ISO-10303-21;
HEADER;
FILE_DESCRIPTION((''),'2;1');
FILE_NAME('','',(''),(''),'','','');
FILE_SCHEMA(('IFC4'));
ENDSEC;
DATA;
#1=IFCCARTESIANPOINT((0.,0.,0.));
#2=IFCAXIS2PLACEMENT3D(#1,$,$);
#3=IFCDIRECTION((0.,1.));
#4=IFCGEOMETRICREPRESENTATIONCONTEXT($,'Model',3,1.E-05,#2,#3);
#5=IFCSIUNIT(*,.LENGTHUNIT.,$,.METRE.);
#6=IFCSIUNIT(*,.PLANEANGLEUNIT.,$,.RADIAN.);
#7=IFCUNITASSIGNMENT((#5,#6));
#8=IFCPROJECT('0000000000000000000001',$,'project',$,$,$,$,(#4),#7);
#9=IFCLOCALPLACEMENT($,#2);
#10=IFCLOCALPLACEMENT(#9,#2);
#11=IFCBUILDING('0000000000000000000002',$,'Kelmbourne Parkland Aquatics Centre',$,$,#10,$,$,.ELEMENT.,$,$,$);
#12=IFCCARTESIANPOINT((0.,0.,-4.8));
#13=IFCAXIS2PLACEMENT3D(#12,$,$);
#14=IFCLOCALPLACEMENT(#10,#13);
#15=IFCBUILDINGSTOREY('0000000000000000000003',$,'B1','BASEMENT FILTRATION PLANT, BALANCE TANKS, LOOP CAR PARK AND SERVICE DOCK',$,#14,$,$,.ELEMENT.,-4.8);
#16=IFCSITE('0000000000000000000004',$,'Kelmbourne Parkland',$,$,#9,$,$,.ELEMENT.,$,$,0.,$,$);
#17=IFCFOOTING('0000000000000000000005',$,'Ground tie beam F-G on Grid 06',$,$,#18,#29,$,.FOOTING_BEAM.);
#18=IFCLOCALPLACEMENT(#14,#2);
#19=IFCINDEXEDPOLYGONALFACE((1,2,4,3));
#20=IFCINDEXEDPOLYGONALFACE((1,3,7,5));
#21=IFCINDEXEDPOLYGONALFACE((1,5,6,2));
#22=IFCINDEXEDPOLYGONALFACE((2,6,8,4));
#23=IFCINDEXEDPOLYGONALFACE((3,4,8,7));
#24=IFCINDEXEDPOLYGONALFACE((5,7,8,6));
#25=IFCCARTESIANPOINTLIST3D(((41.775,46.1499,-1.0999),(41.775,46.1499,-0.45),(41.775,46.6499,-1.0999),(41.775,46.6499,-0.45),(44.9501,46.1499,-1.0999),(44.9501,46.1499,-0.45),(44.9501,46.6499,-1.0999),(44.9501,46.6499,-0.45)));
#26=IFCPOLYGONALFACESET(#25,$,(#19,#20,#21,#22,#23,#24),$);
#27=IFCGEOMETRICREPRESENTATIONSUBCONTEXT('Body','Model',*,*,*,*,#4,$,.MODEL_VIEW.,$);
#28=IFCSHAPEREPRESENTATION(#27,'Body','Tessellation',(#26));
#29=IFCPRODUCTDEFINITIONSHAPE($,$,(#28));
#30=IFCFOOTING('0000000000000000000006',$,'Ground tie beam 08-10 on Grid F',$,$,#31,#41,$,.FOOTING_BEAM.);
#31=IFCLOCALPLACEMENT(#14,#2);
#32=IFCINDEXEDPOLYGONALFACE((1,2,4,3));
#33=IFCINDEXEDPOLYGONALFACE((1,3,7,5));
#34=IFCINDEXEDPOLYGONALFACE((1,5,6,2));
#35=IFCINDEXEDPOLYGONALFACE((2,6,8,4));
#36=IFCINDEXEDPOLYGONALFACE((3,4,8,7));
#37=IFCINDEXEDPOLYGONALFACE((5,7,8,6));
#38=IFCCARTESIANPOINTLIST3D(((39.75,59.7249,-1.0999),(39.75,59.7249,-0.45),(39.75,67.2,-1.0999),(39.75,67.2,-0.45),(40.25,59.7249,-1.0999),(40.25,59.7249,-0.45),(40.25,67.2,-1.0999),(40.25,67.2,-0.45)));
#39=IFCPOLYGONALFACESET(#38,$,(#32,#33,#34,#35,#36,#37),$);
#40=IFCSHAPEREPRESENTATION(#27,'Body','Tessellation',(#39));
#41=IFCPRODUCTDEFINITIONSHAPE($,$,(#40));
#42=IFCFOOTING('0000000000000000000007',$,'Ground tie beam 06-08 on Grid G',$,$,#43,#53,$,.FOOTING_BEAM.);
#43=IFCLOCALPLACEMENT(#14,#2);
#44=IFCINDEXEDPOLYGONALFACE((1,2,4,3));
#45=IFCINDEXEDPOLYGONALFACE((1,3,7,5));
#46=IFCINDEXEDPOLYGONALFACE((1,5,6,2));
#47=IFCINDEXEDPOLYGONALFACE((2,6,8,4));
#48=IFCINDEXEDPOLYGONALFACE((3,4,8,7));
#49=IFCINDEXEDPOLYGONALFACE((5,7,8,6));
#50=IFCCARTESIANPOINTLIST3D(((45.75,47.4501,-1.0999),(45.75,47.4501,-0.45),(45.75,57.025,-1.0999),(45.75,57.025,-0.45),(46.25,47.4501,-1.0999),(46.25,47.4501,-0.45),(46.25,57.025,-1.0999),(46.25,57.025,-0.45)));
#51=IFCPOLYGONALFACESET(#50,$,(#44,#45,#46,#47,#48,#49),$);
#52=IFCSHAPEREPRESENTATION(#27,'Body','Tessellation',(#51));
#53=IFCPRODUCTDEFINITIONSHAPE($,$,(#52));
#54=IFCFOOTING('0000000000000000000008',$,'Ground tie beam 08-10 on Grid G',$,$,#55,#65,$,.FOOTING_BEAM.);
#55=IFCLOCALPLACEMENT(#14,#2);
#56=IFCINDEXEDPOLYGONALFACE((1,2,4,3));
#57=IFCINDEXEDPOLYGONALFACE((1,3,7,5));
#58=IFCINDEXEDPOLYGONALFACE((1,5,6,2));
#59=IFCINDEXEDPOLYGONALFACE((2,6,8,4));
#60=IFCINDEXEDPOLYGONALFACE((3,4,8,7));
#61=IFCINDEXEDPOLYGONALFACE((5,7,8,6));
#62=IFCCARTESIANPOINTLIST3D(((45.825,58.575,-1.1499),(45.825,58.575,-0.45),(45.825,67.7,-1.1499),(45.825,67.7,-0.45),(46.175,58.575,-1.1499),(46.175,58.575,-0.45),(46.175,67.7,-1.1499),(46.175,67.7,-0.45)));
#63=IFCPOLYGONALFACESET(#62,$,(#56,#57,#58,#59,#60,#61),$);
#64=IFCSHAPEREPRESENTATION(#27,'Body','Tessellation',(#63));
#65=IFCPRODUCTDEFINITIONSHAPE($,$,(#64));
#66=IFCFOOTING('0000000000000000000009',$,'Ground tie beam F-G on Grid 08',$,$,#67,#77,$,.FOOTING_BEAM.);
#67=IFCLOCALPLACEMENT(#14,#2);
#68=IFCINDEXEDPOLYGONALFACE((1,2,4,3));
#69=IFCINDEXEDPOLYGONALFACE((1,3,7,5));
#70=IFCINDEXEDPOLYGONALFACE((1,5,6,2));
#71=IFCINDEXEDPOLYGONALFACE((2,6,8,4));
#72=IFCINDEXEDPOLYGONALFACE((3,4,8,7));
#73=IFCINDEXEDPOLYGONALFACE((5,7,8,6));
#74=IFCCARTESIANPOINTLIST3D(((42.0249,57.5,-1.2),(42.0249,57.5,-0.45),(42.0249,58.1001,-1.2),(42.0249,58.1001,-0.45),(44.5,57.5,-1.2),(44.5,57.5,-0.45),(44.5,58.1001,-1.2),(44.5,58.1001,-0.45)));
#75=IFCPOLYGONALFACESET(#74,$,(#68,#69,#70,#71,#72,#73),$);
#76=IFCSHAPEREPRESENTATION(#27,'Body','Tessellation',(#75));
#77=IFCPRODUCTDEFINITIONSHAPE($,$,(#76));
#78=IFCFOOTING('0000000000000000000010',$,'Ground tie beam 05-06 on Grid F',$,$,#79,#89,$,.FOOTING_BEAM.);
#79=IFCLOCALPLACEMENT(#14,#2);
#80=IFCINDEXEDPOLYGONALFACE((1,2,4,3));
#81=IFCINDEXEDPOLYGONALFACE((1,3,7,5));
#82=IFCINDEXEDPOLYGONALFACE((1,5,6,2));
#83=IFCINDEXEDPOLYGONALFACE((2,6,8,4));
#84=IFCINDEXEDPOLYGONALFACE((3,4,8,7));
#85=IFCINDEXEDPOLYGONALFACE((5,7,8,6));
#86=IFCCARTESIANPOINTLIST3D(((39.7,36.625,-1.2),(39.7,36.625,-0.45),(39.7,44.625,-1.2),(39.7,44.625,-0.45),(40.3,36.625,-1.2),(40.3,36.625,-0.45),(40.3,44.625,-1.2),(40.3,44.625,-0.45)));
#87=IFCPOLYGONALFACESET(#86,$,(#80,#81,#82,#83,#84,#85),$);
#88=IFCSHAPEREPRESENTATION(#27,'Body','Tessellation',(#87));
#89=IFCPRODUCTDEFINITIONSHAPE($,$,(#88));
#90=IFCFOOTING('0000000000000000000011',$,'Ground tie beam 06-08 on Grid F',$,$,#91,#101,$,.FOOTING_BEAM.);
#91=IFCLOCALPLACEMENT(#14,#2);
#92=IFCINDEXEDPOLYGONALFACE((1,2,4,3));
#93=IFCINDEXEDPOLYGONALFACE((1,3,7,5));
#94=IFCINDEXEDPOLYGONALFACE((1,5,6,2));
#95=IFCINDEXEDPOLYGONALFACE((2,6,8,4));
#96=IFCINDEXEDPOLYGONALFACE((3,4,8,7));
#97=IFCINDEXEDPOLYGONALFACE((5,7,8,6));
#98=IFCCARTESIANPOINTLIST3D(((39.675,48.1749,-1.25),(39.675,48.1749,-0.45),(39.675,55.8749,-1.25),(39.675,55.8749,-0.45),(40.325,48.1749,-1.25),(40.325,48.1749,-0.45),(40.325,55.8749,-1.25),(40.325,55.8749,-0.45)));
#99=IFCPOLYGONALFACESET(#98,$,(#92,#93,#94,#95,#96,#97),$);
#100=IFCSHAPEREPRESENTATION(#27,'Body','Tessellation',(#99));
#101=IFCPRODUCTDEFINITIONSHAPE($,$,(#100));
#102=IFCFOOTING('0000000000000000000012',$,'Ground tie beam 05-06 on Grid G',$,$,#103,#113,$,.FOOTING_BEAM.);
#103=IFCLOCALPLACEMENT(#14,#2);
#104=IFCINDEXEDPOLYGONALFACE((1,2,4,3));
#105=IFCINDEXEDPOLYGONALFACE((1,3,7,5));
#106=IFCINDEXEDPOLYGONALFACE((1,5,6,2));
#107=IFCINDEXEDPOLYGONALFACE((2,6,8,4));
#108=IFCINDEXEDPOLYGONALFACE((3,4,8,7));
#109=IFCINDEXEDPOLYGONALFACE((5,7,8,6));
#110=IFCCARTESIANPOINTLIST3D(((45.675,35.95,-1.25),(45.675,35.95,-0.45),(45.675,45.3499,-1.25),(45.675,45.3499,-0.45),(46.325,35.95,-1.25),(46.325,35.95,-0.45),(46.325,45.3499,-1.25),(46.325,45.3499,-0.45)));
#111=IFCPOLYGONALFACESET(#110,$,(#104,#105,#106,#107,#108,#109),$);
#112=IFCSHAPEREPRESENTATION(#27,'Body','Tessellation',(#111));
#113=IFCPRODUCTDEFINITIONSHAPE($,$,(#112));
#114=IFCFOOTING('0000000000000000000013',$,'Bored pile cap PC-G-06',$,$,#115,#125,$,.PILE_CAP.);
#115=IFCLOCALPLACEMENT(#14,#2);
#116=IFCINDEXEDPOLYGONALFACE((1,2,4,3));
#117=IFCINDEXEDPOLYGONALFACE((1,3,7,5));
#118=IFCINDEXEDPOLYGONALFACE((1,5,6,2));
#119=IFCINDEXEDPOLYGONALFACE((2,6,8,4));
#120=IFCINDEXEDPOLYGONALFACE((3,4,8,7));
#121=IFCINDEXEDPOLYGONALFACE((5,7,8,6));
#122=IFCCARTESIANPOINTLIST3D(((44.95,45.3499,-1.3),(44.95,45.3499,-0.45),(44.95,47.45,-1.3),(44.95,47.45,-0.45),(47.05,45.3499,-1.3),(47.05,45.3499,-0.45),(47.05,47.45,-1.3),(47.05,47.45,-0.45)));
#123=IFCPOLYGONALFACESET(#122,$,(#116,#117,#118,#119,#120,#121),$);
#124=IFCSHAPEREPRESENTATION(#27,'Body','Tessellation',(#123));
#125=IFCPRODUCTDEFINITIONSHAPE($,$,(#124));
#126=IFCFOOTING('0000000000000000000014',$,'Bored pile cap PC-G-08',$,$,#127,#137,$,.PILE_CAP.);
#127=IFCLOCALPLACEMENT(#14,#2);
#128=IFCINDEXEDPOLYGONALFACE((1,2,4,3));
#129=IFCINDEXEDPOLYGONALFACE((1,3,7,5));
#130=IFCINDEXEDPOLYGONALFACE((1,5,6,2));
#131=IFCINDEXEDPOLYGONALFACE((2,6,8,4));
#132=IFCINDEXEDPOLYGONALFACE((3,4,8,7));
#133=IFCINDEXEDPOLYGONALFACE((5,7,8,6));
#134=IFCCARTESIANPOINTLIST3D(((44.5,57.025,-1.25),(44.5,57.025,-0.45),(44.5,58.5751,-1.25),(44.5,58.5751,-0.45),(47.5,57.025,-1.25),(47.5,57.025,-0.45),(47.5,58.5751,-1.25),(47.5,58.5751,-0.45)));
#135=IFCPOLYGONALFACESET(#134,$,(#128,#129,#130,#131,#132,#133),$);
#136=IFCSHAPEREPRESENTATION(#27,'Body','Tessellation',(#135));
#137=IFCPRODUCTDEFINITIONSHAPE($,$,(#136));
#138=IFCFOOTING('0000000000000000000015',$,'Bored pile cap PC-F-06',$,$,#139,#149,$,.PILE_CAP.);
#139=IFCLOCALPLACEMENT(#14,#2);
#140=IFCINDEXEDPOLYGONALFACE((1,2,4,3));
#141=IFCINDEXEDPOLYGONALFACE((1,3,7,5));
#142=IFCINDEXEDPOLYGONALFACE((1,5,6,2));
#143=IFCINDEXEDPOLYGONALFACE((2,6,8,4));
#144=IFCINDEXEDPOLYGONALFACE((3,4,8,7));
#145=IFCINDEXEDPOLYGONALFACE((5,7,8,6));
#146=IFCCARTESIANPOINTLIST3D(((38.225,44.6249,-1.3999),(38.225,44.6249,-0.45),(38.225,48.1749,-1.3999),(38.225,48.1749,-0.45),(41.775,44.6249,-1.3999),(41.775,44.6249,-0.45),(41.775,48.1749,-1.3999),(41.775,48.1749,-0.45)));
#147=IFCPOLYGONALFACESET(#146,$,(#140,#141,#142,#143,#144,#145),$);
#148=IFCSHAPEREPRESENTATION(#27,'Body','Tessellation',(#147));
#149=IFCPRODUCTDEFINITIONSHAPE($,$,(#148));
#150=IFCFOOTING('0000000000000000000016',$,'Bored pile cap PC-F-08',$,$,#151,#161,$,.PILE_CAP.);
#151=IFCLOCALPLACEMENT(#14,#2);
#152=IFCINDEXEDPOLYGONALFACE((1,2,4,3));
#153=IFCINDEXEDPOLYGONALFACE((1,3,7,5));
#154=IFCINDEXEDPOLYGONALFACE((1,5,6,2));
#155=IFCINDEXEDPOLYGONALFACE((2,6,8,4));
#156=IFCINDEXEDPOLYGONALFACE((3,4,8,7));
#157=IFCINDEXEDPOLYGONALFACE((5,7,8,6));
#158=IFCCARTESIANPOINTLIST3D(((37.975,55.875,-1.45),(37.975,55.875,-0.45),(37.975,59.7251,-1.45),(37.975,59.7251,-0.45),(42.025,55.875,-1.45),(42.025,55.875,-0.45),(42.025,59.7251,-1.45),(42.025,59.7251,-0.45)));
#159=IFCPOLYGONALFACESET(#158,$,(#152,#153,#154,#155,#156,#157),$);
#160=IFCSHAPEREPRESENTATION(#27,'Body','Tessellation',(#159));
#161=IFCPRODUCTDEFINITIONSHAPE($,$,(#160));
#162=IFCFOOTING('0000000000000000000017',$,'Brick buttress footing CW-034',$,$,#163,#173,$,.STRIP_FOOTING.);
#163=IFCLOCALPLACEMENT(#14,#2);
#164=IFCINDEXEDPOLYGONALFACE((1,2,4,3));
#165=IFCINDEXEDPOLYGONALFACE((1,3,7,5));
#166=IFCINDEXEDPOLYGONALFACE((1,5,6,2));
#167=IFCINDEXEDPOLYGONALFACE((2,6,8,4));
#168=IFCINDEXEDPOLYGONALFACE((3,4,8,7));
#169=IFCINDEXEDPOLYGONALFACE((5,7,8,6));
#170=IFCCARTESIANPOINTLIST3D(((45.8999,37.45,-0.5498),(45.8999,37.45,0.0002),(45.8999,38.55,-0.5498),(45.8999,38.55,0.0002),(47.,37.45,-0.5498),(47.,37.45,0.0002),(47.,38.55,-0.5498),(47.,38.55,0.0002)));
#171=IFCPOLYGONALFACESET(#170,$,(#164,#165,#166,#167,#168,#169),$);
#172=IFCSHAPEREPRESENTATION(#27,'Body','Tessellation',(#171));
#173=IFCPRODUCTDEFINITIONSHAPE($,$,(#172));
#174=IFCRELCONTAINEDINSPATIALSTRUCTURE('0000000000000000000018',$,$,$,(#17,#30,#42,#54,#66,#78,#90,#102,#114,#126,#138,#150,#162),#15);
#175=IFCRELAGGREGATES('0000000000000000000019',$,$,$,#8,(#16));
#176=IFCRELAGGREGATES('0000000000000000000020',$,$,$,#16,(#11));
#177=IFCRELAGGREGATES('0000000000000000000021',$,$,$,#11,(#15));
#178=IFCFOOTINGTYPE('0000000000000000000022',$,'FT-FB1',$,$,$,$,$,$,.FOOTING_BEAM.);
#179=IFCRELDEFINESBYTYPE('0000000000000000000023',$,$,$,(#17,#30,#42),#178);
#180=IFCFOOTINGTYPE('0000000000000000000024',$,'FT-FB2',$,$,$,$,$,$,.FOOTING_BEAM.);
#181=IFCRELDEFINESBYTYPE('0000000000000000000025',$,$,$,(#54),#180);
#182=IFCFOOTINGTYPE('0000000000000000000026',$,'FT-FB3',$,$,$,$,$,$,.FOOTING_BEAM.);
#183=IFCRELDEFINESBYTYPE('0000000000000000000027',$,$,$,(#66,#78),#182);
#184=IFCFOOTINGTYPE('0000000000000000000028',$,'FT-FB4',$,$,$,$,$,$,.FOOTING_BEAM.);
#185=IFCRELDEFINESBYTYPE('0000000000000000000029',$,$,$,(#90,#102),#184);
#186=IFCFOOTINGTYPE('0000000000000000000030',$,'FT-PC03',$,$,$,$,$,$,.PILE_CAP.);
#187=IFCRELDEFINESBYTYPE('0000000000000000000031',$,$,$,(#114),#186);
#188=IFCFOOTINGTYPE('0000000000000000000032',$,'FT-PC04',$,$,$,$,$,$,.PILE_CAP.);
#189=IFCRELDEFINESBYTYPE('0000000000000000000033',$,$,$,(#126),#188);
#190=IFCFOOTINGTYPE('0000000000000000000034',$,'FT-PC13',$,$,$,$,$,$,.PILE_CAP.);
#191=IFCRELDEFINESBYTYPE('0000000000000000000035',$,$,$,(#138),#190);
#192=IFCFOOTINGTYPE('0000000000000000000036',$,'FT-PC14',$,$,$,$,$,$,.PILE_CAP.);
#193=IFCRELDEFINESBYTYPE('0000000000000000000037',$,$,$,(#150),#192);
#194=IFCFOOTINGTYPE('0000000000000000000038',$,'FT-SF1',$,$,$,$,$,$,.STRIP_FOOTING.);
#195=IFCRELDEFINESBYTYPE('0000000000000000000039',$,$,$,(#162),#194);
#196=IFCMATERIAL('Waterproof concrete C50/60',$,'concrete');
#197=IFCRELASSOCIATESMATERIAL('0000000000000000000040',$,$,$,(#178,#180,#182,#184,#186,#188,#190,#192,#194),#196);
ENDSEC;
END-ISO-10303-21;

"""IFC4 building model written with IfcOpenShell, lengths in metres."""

from ifc_helpers import new_model, si_unit, direction, frame, origin, origin_2d, place, context, subcontext, project, spatial, rectangle, extrude, material, type_object, element, save


model = new_model("IFC4")

# Units and contexts
model_context = context("Model", 3, precision=1e-05, world=origin(), true_north=direction((0.0, 1.0)))
body_context = subcontext(model_context, "Body", "Model", "MODEL_VIEW")
ifc_project = project(units=[si_unit("LENGTHUNIT", "METRE"), si_unit("PLANEANGLEUNIT", "RADIAN")], contexts=[model_context])

# Site, building, storey
site_placement = place(None, origin())
site = spatial("IfcSite", under=ifc_project, at=site_placement, Name="Kelmbourne Parkland", CompositionType="ELEMENT", RefElevation=0.0)
building_placement = place(site_placement, origin())
building = spatial("IfcBuilding", under=site, at=building_placement, Name="Kelmbourne Parkland Aquatics Centre", CompositionType="ELEMENT")
storey_placement = place(building_placement, frame((0.0, 0.0, -4.8)))
storey = spatial("IfcBuildingStorey", under=building, at=storey_placement, Name="B1", Description="BASEMENT FILTRATION PLANT, BALANCE TANKS, LOOP CAR PARK AND SERVICE DOCK", CompositionType="ELEMENT", Elevation=-4.8)

# Footings
ifc_material_1 = material(Name="Waterproof concrete C50/60", Category="concrete")
footing_type_1 = type_object("IfcFootingType", Name="FT-FB1", PredefinedType="FOOTING_BEAM", material=ifc_material_1)
footing_1_placement = place(storey_placement, frame((43.3625, 46.3999, -1.0999), z_axis=(0.0, 0.0, 1.0), x_axis=(1.0, 0.0, 0.0)))
element("IfcFooting", 1, at=footing_1_placement, inside=storey, type_object=footing_type_1, Name="Ground tie beam F-G on Grid 06", PredefinedType="FOOTING_BEAM", context=body_context, shape_type="SweptSolid", body=[
    extrude(rectangle(XDim=3.175, YDim=0.5, at=origin_2d()), origin(), (0.0, 0.0, 1.0), 0.6499),
])
footing_2_placement = place(storey_placement, frame((40.0, 63.4624, -1.0999), z_axis=(0.0, 0.0, 1.0), x_axis=(0.0, 1.0, 0.0)))
element("IfcFooting", 2, at=footing_2_placement, inside=storey, type_object=footing_type_1, Name="Ground tie beam 08-10 on Grid F", PredefinedType="FOOTING_BEAM", context=body_context, shape_type="SweptSolid", body=[
    extrude(rectangle(XDim=7.4751, YDim=0.5, at=origin_2d()), origin(), (0.0, 0.0, 1.0), 0.6499),
])
footing_3_placement = place(storey_placement, frame((46.0, 52.2375, -1.0999), z_axis=(0.0, 0.0, 1.0), x_axis=(0.0, 1.0, 0.0)))
element("IfcFooting", 3, at=footing_3_placement, inside=storey, type_object=footing_type_1, Name="Ground tie beam 06-08 on Grid G", PredefinedType="FOOTING_BEAM", context=body_context, shape_type="SweptSolid", body=[
    extrude(rectangle(XDim=9.575, YDim=0.5, at=origin_2d()), origin(), (0.0, 0.0, 1.0), 0.6499),
])
footing_type_2 = type_object("IfcFootingType", Name="FT-FB2", PredefinedType="FOOTING_BEAM", material=ifc_material_1)
footing_4_placement = place(storey_placement, frame((46.0, 63.1375, -1.1499), z_axis=(0.0, 0.0, 1.0), x_axis=(0.0, 1.0, 0.0)))
element("IfcFooting", 4, at=footing_4_placement, inside=storey, type_object=footing_type_2, Name="Ground tie beam 08-10 on Grid G", PredefinedType="FOOTING_BEAM", context=body_context, shape_type="SweptSolid", body=[
    extrude(rectangle(XDim=9.125, YDim=0.3501, at=origin_2d()), origin(), (0.0, 0.0, 1.0), 0.7),
])
footing_type_3 = type_object("IfcFootingType", Name="FT-FB3", PredefinedType="FOOTING_BEAM", material=ifc_material_1)
footing_5_placement = place(storey_placement, frame((43.2625, 57.8, -1.2), z_axis=(0.0, 0.0, 1.0), x_axis=(1.0, 0.0, 0.0)))
element("IfcFooting", 5, at=footing_5_placement, inside=storey, type_object=footing_type_3, Name="Ground tie beam F-G on Grid 08", PredefinedType="FOOTING_BEAM", context=body_context, shape_type="SweptSolid", body=[
    extrude(rectangle(XDim=2.4751, YDim=0.6001, at=origin_2d()), origin(), (0.0, 0.0, 1.0), 0.75),
])
footing_6_placement = place(storey_placement, frame((40.0, 40.625, -1.2), z_axis=(0.0, 0.0, 1.0), x_axis=(0.0, 1.0, 0.0)))
element("IfcFooting", 6, at=footing_6_placement, inside=storey, type_object=footing_type_3, Name="Ground tie beam 05-06 on Grid F", PredefinedType="FOOTING_BEAM", context=body_context, shape_type="SweptSolid", body=[
    extrude(rectangle(XDim=8.0, YDim=0.6001, at=origin_2d()), origin(), (0.0, 0.0, 1.0), 0.75),
])
footing_type_4 = type_object("IfcFootingType", Name="FT-FB4", PredefinedType="FOOTING_BEAM", material=ifc_material_1)
footing_7_placement = place(storey_placement, frame((40.0, 52.0249, -1.25), z_axis=(0.0, 0.0, 1.0), x_axis=(0.0, 1.0, 0.0)))
element("IfcFooting", 7, at=footing_7_placement, inside=storey, type_object=footing_type_4, Name="Ground tie beam 06-08 on Grid F", PredefinedType="FOOTING_BEAM", context=body_context, shape_type="SweptSolid", body=[
    extrude(rectangle(XDim=7.7, YDim=0.6499, at=origin_2d()), origin(), (0.0, 0.0, 1.0), 0.8),
])
footing_8_placement = place(storey_placement, frame((46.0, 40.6499, -1.25), z_axis=(0.0, 0.0, 1.0), x_axis=(0.0, 1.0, 0.0)))
element("IfcFooting", 8, at=footing_8_placement, inside=storey, type_object=footing_type_4, Name="Ground tie beam 05-06 on Grid G", PredefinedType="FOOTING_BEAM", context=body_context, shape_type="SweptSolid", body=[
    extrude(rectangle(XDim=9.3999, YDim=0.6499, at=origin_2d()), origin(), (0.0, 0.0, 1.0), 0.8),
])
footing_type_5 = type_object("IfcFootingType", Name="FT-PC03", PredefinedType="PILE_CAP", material=ifc_material_1)
footing_9_placement = place(storey_placement, frame((46.0, 46.3999, -1.3), z_axis=(0.0, 0.0, 1.0), x_axis=(1.0, 0.0, 0.0)))
element("IfcFooting", 9, at=footing_9_placement, inside=storey, type_object=footing_type_5, Name="Bored pile cap PC-G-06", PredefinedType="PILE_CAP", context=body_context, shape_type="SweptSolid", body=[
    extrude(rectangle(XDim=2.1001, YDim=2.1001, at=origin_2d()), origin(), (0.0, 0.0, 1.0), 0.8501),
])
footing_type_6 = type_object("IfcFootingType", Name="FT-PC04", PredefinedType="PILE_CAP", material=ifc_material_1)
footing_10_placement = place(storey_placement, frame((46.0, 57.8, -1.25), z_axis=(0.0, 0.0, 1.0), x_axis=(1.0, 0.0, 0.0)))
element("IfcFooting", 10, at=footing_10_placement, inside=storey, type_object=footing_type_6, Name="Bored pile cap PC-G-08", PredefinedType="PILE_CAP", context=body_context, shape_type="SweptSolid", body=[
    extrude(rectangle(XDim=3.0, YDim=1.55, at=origin_2d()), origin(), (0.0, 0.0, 1.0), 0.8),
])
footing_type_7 = type_object("IfcFootingType", Name="FT-PC13", PredefinedType="PILE_CAP", material=ifc_material_1)
footing_11_placement = place(storey_placement, frame((40.0, 46.3999, -1.3999), z_axis=(0.0, 0.0, 1.0), x_axis=(1.0, 0.0, 0.0)))
element("IfcFooting", 11, at=footing_11_placement, inside=storey, type_object=footing_type_7, Name="Bored pile cap PC-F-06", PredefinedType="PILE_CAP", context=body_context, shape_type="SweptSolid", body=[
    extrude(rectangle(XDim=3.55, YDim=3.55, at=origin_2d()), origin(), (0.0, 0.0, 1.0), 0.95),
])
footing_type_8 = type_object("IfcFootingType", Name="FT-PC14", PredefinedType="PILE_CAP", material=ifc_material_1)
footing_12_placement = place(storey_placement, frame((40.0, 57.8, -1.45), z_axis=(0.0, 0.0, 1.0), x_axis=(1.0, 0.0, 0.0)))
element("IfcFooting", 12, at=footing_12_placement, inside=storey, type_object=footing_type_8, Name="Bored pile cap PC-F-08", PredefinedType="PILE_CAP", context=body_context, shape_type="SweptSolid", body=[
    extrude(rectangle(XDim=4.05, YDim=3.8501, at=origin_2d()), origin(), (0.0, 0.0, 1.0), 1.0),
])
footing_type_9 = type_object("IfcFootingType", Name="FT-SF1", PredefinedType="STRIP_FOOTING", material=ifc_material_1)
footing_13_placement = place(storey_placement, frame((46.45, 38.0, -0.5498), z_axis=(0.0, 0.0, 1.0), x_axis=(1.0, 0.0, 0.0)))
element("IfcFooting", 13, at=footing_13_placement, inside=storey, type_object=footing_type_9, Name="Brick buttress footing CW-034", PredefinedType="STRIP_FOOTING", context=body_context, shape_type="SweptSolid", body=[
    extrude(rectangle(XDim=1.1001, YDim=1.1001, at=origin_2d()), origin(), (0.0, 0.0, 1.0), 0.55),
])

save(model, "model.ifc")
